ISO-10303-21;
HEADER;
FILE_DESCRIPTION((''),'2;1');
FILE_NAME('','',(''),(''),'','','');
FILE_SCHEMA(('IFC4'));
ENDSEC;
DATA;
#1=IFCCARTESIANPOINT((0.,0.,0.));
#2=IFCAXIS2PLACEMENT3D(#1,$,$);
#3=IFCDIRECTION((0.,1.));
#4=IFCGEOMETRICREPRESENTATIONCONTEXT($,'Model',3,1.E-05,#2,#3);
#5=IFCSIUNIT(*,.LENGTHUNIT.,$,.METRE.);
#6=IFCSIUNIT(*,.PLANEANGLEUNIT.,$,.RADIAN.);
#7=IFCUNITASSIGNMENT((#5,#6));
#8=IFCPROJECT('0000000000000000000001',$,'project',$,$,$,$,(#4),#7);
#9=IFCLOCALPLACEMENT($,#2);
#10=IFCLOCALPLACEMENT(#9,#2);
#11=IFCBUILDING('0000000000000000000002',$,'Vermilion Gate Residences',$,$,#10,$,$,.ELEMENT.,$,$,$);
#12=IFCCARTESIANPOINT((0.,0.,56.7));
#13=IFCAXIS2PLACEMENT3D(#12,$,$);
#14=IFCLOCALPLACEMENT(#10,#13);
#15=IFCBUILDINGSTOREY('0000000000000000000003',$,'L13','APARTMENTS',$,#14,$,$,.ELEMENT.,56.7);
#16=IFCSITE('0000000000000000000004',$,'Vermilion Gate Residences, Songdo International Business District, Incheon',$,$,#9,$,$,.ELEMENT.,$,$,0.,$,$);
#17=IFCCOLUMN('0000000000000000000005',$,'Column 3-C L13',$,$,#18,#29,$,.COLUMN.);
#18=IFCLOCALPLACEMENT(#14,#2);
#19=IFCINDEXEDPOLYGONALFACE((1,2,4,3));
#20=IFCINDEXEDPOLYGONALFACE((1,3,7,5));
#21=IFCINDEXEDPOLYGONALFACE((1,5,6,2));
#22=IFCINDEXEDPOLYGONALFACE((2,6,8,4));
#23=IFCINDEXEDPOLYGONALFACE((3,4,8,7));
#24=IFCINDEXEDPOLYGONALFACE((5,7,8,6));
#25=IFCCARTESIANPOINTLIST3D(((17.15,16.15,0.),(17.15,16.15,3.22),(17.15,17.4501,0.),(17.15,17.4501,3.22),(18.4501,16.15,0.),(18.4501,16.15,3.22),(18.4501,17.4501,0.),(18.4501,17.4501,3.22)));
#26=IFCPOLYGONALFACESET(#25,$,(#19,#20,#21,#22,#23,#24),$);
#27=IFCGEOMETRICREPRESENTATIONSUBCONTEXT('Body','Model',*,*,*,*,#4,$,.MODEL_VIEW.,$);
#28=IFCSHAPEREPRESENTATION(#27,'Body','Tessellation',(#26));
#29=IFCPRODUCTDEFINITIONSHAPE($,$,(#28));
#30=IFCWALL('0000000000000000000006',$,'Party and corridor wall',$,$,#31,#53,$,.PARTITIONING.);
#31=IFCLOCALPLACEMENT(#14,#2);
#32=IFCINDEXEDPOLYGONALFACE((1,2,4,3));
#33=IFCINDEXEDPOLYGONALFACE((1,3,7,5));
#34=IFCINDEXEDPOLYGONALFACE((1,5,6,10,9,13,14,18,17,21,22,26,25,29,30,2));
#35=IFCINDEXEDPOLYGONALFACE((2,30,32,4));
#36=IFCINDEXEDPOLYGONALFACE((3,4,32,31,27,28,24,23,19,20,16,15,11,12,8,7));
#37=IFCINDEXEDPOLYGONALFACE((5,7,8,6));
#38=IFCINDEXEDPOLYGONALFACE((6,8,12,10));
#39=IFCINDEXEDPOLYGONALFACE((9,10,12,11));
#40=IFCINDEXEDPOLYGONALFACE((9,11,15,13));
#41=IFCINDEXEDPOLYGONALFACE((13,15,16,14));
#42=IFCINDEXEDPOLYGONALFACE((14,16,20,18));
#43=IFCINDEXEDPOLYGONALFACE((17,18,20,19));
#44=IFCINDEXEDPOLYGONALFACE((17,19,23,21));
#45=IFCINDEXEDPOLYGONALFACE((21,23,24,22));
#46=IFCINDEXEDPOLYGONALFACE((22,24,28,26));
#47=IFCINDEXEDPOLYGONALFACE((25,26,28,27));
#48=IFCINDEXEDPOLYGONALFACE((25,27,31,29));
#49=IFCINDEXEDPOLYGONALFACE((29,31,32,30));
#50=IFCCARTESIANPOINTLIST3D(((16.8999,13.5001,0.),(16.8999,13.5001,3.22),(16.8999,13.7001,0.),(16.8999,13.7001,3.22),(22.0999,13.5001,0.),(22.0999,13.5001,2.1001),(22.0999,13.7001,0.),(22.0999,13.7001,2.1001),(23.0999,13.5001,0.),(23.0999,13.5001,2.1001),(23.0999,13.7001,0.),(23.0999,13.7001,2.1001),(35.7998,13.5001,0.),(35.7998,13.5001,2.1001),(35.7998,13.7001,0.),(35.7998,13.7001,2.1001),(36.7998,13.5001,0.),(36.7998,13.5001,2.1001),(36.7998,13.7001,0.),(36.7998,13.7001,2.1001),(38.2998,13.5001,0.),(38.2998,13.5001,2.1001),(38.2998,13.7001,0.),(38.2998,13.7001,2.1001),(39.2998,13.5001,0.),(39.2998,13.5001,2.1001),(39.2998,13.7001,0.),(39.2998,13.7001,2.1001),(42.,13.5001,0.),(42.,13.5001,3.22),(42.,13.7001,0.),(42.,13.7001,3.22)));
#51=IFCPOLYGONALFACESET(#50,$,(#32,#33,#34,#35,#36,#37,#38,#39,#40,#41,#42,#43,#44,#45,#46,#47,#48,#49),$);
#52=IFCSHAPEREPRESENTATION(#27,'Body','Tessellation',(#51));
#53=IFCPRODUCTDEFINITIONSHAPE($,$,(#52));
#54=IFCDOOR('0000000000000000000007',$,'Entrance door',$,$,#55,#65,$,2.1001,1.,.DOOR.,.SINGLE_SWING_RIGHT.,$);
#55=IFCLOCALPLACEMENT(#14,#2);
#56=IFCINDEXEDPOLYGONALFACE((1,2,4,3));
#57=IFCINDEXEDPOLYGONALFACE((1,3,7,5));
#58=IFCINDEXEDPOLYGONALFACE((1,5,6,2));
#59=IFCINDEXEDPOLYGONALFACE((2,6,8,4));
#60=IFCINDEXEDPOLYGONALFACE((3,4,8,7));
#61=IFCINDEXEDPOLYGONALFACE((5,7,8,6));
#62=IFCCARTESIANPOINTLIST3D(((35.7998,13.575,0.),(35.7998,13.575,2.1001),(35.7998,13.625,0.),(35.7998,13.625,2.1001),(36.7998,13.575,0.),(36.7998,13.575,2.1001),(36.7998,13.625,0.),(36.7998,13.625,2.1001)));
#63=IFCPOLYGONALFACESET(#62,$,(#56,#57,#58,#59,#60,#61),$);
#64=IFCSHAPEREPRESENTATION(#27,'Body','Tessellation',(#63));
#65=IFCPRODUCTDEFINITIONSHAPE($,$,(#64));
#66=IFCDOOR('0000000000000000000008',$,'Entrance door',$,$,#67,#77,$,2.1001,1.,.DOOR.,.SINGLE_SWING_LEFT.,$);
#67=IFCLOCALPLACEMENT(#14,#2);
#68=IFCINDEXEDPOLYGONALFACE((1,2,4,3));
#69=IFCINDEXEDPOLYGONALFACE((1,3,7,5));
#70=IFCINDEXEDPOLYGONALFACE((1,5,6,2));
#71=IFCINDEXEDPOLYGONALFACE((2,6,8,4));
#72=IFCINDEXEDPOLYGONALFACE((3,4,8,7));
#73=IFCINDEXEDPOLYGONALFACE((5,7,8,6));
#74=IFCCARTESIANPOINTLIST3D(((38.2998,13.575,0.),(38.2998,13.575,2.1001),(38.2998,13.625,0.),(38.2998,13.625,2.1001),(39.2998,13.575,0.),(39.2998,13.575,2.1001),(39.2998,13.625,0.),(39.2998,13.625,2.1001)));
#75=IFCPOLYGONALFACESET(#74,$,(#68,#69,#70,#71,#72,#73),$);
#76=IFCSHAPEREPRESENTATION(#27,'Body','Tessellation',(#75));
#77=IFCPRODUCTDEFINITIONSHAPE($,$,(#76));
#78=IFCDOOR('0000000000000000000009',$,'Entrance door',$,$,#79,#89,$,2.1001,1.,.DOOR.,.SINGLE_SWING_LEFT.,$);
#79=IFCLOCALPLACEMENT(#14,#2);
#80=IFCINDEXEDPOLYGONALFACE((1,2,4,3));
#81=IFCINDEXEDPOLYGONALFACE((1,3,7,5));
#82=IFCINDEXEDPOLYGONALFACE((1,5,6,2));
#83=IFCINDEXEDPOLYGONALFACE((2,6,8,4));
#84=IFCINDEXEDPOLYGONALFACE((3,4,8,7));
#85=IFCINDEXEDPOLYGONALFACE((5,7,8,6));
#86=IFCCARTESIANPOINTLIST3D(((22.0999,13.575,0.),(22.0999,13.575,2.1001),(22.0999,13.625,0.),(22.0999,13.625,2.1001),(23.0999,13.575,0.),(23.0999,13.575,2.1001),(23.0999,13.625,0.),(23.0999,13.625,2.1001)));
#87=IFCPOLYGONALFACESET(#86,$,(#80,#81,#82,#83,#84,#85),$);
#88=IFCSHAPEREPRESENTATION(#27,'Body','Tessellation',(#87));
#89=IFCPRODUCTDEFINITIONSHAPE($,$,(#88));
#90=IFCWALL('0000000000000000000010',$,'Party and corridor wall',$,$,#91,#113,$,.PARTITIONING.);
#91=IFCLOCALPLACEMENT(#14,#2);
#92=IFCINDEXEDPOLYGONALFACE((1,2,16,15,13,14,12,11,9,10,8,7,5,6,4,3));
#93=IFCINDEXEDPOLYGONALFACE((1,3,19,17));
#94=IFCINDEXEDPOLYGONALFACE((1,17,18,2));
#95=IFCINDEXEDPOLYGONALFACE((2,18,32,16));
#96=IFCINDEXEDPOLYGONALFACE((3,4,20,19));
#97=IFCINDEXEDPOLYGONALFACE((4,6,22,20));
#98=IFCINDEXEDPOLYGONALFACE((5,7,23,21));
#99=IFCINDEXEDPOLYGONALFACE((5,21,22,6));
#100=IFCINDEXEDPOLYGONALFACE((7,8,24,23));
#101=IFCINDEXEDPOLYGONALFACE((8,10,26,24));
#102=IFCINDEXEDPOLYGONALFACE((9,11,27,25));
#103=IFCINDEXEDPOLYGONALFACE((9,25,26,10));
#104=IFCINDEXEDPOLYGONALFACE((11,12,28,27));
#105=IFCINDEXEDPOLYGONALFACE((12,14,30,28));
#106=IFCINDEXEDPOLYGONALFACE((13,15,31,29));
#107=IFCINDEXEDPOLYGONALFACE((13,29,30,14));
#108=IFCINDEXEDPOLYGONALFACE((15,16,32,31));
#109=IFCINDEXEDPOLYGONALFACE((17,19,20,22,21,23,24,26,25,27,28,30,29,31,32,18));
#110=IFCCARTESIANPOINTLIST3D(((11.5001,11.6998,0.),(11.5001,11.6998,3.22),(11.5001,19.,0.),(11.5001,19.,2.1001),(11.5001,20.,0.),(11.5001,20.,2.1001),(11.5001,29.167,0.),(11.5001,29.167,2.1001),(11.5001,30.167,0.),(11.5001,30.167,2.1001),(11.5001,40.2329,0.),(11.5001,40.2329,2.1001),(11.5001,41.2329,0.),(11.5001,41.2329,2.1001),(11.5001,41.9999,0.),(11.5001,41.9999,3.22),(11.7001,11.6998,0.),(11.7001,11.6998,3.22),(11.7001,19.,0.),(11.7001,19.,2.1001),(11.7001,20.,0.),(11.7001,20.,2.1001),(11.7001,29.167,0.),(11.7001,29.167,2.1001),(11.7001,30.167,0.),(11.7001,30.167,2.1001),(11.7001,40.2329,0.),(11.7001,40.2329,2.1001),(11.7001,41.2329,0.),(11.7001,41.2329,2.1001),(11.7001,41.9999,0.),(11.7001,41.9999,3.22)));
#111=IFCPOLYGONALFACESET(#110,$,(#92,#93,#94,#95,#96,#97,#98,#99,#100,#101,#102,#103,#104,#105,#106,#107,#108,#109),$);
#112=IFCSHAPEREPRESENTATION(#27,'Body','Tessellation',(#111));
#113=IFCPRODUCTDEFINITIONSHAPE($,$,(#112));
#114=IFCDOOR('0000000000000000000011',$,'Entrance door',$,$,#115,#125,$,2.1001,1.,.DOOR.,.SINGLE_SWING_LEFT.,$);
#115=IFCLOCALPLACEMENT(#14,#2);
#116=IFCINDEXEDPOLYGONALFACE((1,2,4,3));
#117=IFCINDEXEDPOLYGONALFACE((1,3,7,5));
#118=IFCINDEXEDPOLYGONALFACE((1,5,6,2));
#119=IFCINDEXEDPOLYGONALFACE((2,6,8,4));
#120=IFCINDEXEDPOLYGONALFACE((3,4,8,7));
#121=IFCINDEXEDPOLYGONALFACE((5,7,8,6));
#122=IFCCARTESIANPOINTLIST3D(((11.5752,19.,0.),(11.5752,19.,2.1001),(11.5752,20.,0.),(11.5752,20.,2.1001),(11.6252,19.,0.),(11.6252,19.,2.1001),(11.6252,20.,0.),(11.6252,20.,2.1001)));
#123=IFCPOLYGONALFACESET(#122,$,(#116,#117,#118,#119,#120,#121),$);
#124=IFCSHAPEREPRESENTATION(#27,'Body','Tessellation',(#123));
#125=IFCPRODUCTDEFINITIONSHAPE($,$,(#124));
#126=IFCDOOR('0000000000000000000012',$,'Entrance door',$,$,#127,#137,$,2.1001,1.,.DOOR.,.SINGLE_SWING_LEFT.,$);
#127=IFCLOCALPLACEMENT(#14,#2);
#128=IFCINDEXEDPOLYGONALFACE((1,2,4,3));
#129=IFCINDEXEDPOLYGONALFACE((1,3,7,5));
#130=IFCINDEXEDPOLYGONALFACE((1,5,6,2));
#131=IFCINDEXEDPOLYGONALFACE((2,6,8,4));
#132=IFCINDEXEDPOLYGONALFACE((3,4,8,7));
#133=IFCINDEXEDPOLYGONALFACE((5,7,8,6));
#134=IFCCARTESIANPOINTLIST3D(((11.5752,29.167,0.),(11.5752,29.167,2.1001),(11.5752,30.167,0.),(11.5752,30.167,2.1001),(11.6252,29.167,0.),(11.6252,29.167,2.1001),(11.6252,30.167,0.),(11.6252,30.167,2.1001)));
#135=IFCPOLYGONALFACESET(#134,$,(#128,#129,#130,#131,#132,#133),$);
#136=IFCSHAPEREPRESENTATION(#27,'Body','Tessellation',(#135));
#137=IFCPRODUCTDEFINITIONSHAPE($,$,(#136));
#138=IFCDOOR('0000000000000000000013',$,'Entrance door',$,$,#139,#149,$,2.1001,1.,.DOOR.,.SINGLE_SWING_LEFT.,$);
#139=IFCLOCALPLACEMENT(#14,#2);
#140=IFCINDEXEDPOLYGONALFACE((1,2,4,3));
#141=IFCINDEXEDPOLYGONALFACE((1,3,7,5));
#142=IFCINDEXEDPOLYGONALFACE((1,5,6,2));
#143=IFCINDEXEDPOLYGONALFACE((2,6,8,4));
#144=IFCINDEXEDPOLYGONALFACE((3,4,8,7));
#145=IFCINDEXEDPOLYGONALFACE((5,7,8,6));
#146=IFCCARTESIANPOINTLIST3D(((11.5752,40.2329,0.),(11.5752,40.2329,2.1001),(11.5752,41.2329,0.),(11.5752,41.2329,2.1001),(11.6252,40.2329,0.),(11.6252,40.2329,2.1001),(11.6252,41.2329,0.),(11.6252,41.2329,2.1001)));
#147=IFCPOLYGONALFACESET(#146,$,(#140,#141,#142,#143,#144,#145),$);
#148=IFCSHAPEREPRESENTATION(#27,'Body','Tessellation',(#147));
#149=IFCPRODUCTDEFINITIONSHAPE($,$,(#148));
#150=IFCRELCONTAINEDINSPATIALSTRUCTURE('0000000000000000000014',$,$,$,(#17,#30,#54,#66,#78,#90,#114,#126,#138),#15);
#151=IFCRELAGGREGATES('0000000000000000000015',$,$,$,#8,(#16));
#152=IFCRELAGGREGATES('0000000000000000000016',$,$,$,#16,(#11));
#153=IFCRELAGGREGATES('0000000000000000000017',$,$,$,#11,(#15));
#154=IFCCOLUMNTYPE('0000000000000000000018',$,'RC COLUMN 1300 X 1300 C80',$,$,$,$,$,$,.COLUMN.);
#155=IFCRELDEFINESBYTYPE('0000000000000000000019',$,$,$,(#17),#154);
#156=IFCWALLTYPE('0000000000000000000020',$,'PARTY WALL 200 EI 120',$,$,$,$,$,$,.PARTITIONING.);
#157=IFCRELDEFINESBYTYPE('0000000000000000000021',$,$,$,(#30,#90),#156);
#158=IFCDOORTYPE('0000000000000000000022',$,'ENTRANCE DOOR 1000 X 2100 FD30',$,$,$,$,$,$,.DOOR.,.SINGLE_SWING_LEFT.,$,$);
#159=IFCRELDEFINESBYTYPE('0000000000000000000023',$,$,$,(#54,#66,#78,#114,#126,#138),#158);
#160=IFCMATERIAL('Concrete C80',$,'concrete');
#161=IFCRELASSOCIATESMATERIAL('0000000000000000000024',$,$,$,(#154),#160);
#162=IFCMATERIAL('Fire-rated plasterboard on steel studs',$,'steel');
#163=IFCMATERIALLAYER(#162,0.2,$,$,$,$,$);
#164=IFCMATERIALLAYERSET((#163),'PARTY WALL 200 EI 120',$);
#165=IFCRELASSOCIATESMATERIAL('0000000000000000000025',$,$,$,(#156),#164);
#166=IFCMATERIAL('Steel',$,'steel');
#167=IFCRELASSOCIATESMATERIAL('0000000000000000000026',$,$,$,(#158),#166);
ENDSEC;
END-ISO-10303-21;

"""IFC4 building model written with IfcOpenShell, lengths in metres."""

from ifc_helpers import new_model, si_unit, direction, frame, frame_2d, origin, origin_2d, place, context, subcontext, project, spatial, rectangle, extrude, material, layer, layer_set, material_profile, profile_set, type_object, element, fill, save


model = new_model("IFC4")

# Units and contexts
model_context = context("Model", 3, precision=1e-05, world=origin(), true_north=direction((0.0, 1.0)))
body_context = subcontext(model_context, "Body", "Model", "MODEL_VIEW")
ifc_project = project(units=[si_unit("LENGTHUNIT", "METRE"), si_unit("PLANEANGLEUNIT", "RADIAN")], contexts=[model_context])

# Site, building, storey
site_placement = place(None, origin())
site = spatial("IfcSite", under=ifc_project, at=site_placement, Name="Vermilion Gate Residences, Songdo International Business District, Incheon", CompositionType="ELEMENT", RefElevation=0.0)
building_placement = place(site_placement, origin())
building = spatial("IfcBuilding", under=site, at=building_placement, Name="Vermilion Gate Residences", CompositionType="ELEMENT")
storey_placement = place(building_placement, frame((0.0, 0.0, 56.7)))
storey = spatial("IfcBuildingStorey", under=building, at=storey_placement, Name="L13", Description="APARTMENTS", CompositionType="ELEMENT", Elevation=56.7)

# Column
ifc_material_1 = material(Name="Concrete C80", Category="concrete")
ifc_material_profile = material_profile(ifc_material_1, rectangle(XDim=1.3, YDim=1.3, at=origin_2d()), Name="RC-1300x1300")
ifc_profile_set = profile_set([ifc_material_profile], Name="Concrete C80")
column_type = type_object("IfcColumnType", Name="RC COLUMN 1300 X 1300 C80", PredefinedType="COLUMN", material=ifc_profile_set)
column_placement = place(storey_placement, frame((17.8, 16.8, 0.0), z_axis=(0.0, 0.0, 1.0), x_axis=(1.0, 0.0, 0.0)))
element("IfcColumn", 1, at=column_placement, inside=storey, type_object=column_type, Name="Column 3-C L13", PredefinedType="COLUMN", context=body_context, shape_type="SweptSolid", body=[
    extrude(rectangle(XDim=1.3, YDim=1.3, at=origin_2d()), origin(), (0.0, 0.0, 1.0), 3.22),
])

# Walls, openings, doors
ifc_material_2 = material(Name="Fire-rated plasterboard on steel studs", Category="steel")
ifc_layer_1 = layer(ifc_material_2, 0.2)
ifc_layer_set_1 = layer_set([ifc_layer_1], Name="PARTY WALL 200 EI 120")
wall_type_1 = type_object("IfcWallType", Name="PARTY WALL 200 EI 120", PredefinedType="PARTITIONING", material=ifc_layer_set_1)
wall_1_placement = place(storey_placement, frame((16.8999, 13.6001, 0.0), z_axis=(0.0, 0.0, 1.0), x_axis=(1.0, 0.0, 0.0)))
wall_1 = element("IfcWall", 2, at=wall_1_placement, inside=storey, type_object=wall_type_1, Name="Party and corridor wall", PredefinedType="PARTITIONING", context=body_context, shape_type="SweptSolid", body=[
    extrude(rectangle(XDim=25.1001, YDim=0.2, at=frame_2d((12.55, 0.0))), origin(), (0.0, 0.0, 1.0), 3.22),
])
opening_1_placement = place(wall_1_placement, frame((18.8999, 0.0, 0.0)))
opening_1 = element("IfcOpeningElement", 3, at=opening_1_placement, cuts=wall_1, PredefinedType="OPENING", context=body_context, shape_type="SweptSolid", body=[
    extrude(rectangle(XDim=1.0, YDim=2.1001, at=frame_2d((0.5, 1.05))), frame((0.0, 0.1099, 0.0), z_axis=(0.0, -1.0, 0.0), x_axis=(1.0, 0.0, 0.0)), (0.0, 0.0, 1.0), 0.22),
])
opening_2_placement = place(wall_1_placement, frame((21.3999, 0.0, 0.0)))
opening_2 = element("IfcOpeningElement", 4, at=opening_2_placement, cuts=wall_1, PredefinedType="OPENING", context=body_context, shape_type="SweptSolid", body=[
    extrude(rectangle(XDim=1.0, YDim=2.1001, at=frame_2d((0.5, 1.05))), frame((0.0, 0.1099, 0.0), z_axis=(0.0, -1.0, 0.0), x_axis=(1.0, 0.0, 0.0)), (0.0, 0.0, 1.0), 0.22),
])
opening_3_placement = place(wall_1_placement, frame((5.2, 0.0, 0.0)))
opening_3 = element("IfcOpeningElement", 5, at=opening_3_placement, cuts=wall_1, PredefinedType="OPENING", context=body_context, shape_type="SweptSolid", body=[
    extrude(rectangle(XDim=1.0, YDim=2.1001, at=frame_2d((0.5, 1.05))), frame((0.0, 0.1099, 0.0), z_axis=(0.0, -1.0, 0.0), x_axis=(1.0, 0.0, 0.0)), (0.0, 0.0, 1.0), 0.22),
])
ifc_material_3 = material(Name="Steel", Category="steel")
door_type_1 = type_object("IfcDoorType", Name="ENTRANCE DOOR 1000 X 2100 FD30", OperationType="SINGLE_SWING_LEFT", PredefinedType="DOOR", material=ifc_material_3)
door_1_placement = place(opening_1_placement, origin())
door_1 = element("IfcDoor", 6, at=door_1_placement, inside=storey, type_object=door_type_1, Name="Entrance door", OperationType="SINGLE_SWING_RIGHT", OverallHeight=2.1001, OverallWidth=1.0, PredefinedType="DOOR", context=body_context, shape_type="SweptSolid", body=[
    extrude(rectangle(XDim=1.0, YDim=2.1001, at=frame_2d((0.5, 1.05))), frame((0.0, 0.0249, 0.0), z_axis=(0.0, -1.0, 0.0), x_axis=(1.0, 0.0, 0.0)), (0.0, 0.0, 1.0), 0.05),
])
fill(opening_1, door_1)
door_2_placement = place(opening_2_placement, origin())
door_2 = element("IfcDoor", 7, at=door_2_placement, inside=storey, type_object=door_type_1, Name="Entrance door", OperationType="SINGLE_SWING_LEFT", OverallHeight=2.1001, OverallWidth=1.0, PredefinedType="DOOR", context=body_context, shape_type="SweptSolid", body=[
    extrude(rectangle(XDim=1.0, YDim=2.1001, at=frame_2d((0.5, 1.05))), frame((0.0, 0.0249, 0.0), z_axis=(0.0, -1.0, 0.0), x_axis=(1.0, 0.0, 0.0)), (0.0, 0.0, 1.0), 0.05),
])
fill(opening_2, door_2)
door_3_placement = place(opening_3_placement, origin())
door_3 = element("IfcDoor", 8, at=door_3_placement, inside=storey, type_object=door_type_1, Name="Entrance door", OperationType="SINGLE_SWING_LEFT", OverallHeight=2.1001, OverallWidth=1.0, PredefinedType="DOOR", context=body_context, shape_type="SweptSolid", body=[
    extrude(rectangle(XDim=1.0, YDim=2.1001, at=frame_2d((0.5, 1.05))), frame((0.0, 0.0249, 0.0), z_axis=(0.0, -1.0, 0.0), x_axis=(1.0, 0.0, 0.0)), (0.0, 0.0, 1.0), 0.05),
])
fill(opening_3, door_3)
wall_2_placement = place(storey_placement, frame((11.6001, 11.7, 0.0), z_axis=(0.0, 0.0, 1.0), x_axis=(0.0, 1.0, 0.0)))
wall_2 = element("IfcWall", 9, at=wall_2_placement, inside=storey, type_object=wall_type_1, Name="Party and corridor wall", PredefinedType="PARTITIONING", context=body_context, shape_type="SweptSolid", body=[
    extrude(rectangle(XDim=30.3, YDim=0.2, at=frame_2d((15.1499, 0.0))), origin(), (0.0, 0.0, 1.0), 3.22),
])
opening_4_placement = place(wall_2_placement, frame((7.3, 0.0, 0.0)))
opening_4 = element("IfcOpeningElement", 10, at=opening_4_placement, cuts=wall_2, PredefinedType="OPENING", context=body_context, shape_type="SweptSolid", body=[
    extrude(rectangle(XDim=1.0, YDim=2.1001, at=frame_2d((0.5, 1.05))), frame((0.0, 0.1099, 0.0), z_axis=(0.0, -1.0, 0.0), x_axis=(1.0, 0.0, 0.0)), (0.0, 0.0, 1.0), 0.22),
])
opening_5_placement = place(wall_2_placement, frame((17.467, 0.0, 0.0)))
opening_5 = element("IfcOpeningElement", 11, at=opening_5_placement, cuts=wall_2, PredefinedType="OPENING", context=body_context, shape_type="SweptSolid", body=[
    extrude(rectangle(XDim=1.0, YDim=2.1001, at=frame_2d((0.5, 1.05))), frame((0.0, 0.1099, 0.0), z_axis=(0.0, -1.0, 0.0), x_axis=(1.0, 0.0, 0.0)), (0.0, 0.0, 1.0), 0.22),
])
opening_6_placement = place(wall_2_placement, frame((28.533, 0.0, 0.0)))
opening_6 = element("IfcOpeningElement", 12, at=opening_6_placement, cuts=wall_2, PredefinedType="OPENING", context=body_context, shape_type="SweptSolid", body=[
    extrude(rectangle(XDim=1.0, YDim=2.1001, at=frame_2d((0.5, 1.05))), frame((0.0, 0.1099, 0.0), z_axis=(0.0, -1.0, 0.0), x_axis=(1.0, 0.0, 0.0)), (0.0, 0.0, 1.0), 0.22),
])
door_4_placement = place(opening_4_placement, origin())
door_4 = element("IfcDoor", 13, at=door_4_placement, inside=storey, type_object=door_type_1, Name="Entrance door", OperationType="SINGLE_SWING_LEFT", OverallHeight=2.1001, OverallWidth=1.0, PredefinedType="DOOR", context=body_context, shape_type="SweptSolid", body=[
    extrude(rectangle(XDim=1.0, YDim=2.1001, at=frame_2d((0.5, 1.05))), frame((0.0, 0.0249, 0.0), z_axis=(0.0, -1.0, 0.0), x_axis=(1.0, 0.0, 0.0)), (0.0, 0.0, 1.0), 0.05),
])
fill(opening_4, door_4)
door_5_placement = place(opening_5_placement, origin())
door_5 = element("IfcDoor", 14, at=door_5_placement, inside=storey, type_object=door_type_1, Name="Entrance door", OperationType="SINGLE_SWING_LEFT", OverallHeight=2.1001, OverallWidth=1.0, PredefinedType="DOOR", context=body_context, shape_type="SweptSolid", body=[
    extrude(rectangle(XDim=1.0, YDim=2.1001, at=frame_2d((0.5, 1.05))), frame((0.0, 0.0249, 0.0), z_axis=(0.0, -1.0, 0.0), x_axis=(1.0, 0.0, 0.0)), (0.0, 0.0, 1.0), 0.05),
])
fill(opening_5, door_5)
door_6_placement = place(opening_6_placement, origin())
door_6 = element("IfcDoor", 15, at=door_6_placement, inside=storey, type_object=door_type_1, Name="Entrance door", OperationType="SINGLE_SWING_LEFT", OverallHeight=2.1001, OverallWidth=1.0, PredefinedType="DOOR", context=body_context, shape_type="SweptSolid", body=[
    extrude(rectangle(XDim=1.0, YDim=2.1001, at=frame_2d((0.5, 1.05))), frame((0.0, 0.0249, 0.0), z_axis=(0.0, -1.0, 0.0), x_axis=(1.0, 0.0, 0.0)), (0.0, 0.0, 1.0), 0.05),
])
fill(opening_6, door_6)

save(model, "model.ifc")
